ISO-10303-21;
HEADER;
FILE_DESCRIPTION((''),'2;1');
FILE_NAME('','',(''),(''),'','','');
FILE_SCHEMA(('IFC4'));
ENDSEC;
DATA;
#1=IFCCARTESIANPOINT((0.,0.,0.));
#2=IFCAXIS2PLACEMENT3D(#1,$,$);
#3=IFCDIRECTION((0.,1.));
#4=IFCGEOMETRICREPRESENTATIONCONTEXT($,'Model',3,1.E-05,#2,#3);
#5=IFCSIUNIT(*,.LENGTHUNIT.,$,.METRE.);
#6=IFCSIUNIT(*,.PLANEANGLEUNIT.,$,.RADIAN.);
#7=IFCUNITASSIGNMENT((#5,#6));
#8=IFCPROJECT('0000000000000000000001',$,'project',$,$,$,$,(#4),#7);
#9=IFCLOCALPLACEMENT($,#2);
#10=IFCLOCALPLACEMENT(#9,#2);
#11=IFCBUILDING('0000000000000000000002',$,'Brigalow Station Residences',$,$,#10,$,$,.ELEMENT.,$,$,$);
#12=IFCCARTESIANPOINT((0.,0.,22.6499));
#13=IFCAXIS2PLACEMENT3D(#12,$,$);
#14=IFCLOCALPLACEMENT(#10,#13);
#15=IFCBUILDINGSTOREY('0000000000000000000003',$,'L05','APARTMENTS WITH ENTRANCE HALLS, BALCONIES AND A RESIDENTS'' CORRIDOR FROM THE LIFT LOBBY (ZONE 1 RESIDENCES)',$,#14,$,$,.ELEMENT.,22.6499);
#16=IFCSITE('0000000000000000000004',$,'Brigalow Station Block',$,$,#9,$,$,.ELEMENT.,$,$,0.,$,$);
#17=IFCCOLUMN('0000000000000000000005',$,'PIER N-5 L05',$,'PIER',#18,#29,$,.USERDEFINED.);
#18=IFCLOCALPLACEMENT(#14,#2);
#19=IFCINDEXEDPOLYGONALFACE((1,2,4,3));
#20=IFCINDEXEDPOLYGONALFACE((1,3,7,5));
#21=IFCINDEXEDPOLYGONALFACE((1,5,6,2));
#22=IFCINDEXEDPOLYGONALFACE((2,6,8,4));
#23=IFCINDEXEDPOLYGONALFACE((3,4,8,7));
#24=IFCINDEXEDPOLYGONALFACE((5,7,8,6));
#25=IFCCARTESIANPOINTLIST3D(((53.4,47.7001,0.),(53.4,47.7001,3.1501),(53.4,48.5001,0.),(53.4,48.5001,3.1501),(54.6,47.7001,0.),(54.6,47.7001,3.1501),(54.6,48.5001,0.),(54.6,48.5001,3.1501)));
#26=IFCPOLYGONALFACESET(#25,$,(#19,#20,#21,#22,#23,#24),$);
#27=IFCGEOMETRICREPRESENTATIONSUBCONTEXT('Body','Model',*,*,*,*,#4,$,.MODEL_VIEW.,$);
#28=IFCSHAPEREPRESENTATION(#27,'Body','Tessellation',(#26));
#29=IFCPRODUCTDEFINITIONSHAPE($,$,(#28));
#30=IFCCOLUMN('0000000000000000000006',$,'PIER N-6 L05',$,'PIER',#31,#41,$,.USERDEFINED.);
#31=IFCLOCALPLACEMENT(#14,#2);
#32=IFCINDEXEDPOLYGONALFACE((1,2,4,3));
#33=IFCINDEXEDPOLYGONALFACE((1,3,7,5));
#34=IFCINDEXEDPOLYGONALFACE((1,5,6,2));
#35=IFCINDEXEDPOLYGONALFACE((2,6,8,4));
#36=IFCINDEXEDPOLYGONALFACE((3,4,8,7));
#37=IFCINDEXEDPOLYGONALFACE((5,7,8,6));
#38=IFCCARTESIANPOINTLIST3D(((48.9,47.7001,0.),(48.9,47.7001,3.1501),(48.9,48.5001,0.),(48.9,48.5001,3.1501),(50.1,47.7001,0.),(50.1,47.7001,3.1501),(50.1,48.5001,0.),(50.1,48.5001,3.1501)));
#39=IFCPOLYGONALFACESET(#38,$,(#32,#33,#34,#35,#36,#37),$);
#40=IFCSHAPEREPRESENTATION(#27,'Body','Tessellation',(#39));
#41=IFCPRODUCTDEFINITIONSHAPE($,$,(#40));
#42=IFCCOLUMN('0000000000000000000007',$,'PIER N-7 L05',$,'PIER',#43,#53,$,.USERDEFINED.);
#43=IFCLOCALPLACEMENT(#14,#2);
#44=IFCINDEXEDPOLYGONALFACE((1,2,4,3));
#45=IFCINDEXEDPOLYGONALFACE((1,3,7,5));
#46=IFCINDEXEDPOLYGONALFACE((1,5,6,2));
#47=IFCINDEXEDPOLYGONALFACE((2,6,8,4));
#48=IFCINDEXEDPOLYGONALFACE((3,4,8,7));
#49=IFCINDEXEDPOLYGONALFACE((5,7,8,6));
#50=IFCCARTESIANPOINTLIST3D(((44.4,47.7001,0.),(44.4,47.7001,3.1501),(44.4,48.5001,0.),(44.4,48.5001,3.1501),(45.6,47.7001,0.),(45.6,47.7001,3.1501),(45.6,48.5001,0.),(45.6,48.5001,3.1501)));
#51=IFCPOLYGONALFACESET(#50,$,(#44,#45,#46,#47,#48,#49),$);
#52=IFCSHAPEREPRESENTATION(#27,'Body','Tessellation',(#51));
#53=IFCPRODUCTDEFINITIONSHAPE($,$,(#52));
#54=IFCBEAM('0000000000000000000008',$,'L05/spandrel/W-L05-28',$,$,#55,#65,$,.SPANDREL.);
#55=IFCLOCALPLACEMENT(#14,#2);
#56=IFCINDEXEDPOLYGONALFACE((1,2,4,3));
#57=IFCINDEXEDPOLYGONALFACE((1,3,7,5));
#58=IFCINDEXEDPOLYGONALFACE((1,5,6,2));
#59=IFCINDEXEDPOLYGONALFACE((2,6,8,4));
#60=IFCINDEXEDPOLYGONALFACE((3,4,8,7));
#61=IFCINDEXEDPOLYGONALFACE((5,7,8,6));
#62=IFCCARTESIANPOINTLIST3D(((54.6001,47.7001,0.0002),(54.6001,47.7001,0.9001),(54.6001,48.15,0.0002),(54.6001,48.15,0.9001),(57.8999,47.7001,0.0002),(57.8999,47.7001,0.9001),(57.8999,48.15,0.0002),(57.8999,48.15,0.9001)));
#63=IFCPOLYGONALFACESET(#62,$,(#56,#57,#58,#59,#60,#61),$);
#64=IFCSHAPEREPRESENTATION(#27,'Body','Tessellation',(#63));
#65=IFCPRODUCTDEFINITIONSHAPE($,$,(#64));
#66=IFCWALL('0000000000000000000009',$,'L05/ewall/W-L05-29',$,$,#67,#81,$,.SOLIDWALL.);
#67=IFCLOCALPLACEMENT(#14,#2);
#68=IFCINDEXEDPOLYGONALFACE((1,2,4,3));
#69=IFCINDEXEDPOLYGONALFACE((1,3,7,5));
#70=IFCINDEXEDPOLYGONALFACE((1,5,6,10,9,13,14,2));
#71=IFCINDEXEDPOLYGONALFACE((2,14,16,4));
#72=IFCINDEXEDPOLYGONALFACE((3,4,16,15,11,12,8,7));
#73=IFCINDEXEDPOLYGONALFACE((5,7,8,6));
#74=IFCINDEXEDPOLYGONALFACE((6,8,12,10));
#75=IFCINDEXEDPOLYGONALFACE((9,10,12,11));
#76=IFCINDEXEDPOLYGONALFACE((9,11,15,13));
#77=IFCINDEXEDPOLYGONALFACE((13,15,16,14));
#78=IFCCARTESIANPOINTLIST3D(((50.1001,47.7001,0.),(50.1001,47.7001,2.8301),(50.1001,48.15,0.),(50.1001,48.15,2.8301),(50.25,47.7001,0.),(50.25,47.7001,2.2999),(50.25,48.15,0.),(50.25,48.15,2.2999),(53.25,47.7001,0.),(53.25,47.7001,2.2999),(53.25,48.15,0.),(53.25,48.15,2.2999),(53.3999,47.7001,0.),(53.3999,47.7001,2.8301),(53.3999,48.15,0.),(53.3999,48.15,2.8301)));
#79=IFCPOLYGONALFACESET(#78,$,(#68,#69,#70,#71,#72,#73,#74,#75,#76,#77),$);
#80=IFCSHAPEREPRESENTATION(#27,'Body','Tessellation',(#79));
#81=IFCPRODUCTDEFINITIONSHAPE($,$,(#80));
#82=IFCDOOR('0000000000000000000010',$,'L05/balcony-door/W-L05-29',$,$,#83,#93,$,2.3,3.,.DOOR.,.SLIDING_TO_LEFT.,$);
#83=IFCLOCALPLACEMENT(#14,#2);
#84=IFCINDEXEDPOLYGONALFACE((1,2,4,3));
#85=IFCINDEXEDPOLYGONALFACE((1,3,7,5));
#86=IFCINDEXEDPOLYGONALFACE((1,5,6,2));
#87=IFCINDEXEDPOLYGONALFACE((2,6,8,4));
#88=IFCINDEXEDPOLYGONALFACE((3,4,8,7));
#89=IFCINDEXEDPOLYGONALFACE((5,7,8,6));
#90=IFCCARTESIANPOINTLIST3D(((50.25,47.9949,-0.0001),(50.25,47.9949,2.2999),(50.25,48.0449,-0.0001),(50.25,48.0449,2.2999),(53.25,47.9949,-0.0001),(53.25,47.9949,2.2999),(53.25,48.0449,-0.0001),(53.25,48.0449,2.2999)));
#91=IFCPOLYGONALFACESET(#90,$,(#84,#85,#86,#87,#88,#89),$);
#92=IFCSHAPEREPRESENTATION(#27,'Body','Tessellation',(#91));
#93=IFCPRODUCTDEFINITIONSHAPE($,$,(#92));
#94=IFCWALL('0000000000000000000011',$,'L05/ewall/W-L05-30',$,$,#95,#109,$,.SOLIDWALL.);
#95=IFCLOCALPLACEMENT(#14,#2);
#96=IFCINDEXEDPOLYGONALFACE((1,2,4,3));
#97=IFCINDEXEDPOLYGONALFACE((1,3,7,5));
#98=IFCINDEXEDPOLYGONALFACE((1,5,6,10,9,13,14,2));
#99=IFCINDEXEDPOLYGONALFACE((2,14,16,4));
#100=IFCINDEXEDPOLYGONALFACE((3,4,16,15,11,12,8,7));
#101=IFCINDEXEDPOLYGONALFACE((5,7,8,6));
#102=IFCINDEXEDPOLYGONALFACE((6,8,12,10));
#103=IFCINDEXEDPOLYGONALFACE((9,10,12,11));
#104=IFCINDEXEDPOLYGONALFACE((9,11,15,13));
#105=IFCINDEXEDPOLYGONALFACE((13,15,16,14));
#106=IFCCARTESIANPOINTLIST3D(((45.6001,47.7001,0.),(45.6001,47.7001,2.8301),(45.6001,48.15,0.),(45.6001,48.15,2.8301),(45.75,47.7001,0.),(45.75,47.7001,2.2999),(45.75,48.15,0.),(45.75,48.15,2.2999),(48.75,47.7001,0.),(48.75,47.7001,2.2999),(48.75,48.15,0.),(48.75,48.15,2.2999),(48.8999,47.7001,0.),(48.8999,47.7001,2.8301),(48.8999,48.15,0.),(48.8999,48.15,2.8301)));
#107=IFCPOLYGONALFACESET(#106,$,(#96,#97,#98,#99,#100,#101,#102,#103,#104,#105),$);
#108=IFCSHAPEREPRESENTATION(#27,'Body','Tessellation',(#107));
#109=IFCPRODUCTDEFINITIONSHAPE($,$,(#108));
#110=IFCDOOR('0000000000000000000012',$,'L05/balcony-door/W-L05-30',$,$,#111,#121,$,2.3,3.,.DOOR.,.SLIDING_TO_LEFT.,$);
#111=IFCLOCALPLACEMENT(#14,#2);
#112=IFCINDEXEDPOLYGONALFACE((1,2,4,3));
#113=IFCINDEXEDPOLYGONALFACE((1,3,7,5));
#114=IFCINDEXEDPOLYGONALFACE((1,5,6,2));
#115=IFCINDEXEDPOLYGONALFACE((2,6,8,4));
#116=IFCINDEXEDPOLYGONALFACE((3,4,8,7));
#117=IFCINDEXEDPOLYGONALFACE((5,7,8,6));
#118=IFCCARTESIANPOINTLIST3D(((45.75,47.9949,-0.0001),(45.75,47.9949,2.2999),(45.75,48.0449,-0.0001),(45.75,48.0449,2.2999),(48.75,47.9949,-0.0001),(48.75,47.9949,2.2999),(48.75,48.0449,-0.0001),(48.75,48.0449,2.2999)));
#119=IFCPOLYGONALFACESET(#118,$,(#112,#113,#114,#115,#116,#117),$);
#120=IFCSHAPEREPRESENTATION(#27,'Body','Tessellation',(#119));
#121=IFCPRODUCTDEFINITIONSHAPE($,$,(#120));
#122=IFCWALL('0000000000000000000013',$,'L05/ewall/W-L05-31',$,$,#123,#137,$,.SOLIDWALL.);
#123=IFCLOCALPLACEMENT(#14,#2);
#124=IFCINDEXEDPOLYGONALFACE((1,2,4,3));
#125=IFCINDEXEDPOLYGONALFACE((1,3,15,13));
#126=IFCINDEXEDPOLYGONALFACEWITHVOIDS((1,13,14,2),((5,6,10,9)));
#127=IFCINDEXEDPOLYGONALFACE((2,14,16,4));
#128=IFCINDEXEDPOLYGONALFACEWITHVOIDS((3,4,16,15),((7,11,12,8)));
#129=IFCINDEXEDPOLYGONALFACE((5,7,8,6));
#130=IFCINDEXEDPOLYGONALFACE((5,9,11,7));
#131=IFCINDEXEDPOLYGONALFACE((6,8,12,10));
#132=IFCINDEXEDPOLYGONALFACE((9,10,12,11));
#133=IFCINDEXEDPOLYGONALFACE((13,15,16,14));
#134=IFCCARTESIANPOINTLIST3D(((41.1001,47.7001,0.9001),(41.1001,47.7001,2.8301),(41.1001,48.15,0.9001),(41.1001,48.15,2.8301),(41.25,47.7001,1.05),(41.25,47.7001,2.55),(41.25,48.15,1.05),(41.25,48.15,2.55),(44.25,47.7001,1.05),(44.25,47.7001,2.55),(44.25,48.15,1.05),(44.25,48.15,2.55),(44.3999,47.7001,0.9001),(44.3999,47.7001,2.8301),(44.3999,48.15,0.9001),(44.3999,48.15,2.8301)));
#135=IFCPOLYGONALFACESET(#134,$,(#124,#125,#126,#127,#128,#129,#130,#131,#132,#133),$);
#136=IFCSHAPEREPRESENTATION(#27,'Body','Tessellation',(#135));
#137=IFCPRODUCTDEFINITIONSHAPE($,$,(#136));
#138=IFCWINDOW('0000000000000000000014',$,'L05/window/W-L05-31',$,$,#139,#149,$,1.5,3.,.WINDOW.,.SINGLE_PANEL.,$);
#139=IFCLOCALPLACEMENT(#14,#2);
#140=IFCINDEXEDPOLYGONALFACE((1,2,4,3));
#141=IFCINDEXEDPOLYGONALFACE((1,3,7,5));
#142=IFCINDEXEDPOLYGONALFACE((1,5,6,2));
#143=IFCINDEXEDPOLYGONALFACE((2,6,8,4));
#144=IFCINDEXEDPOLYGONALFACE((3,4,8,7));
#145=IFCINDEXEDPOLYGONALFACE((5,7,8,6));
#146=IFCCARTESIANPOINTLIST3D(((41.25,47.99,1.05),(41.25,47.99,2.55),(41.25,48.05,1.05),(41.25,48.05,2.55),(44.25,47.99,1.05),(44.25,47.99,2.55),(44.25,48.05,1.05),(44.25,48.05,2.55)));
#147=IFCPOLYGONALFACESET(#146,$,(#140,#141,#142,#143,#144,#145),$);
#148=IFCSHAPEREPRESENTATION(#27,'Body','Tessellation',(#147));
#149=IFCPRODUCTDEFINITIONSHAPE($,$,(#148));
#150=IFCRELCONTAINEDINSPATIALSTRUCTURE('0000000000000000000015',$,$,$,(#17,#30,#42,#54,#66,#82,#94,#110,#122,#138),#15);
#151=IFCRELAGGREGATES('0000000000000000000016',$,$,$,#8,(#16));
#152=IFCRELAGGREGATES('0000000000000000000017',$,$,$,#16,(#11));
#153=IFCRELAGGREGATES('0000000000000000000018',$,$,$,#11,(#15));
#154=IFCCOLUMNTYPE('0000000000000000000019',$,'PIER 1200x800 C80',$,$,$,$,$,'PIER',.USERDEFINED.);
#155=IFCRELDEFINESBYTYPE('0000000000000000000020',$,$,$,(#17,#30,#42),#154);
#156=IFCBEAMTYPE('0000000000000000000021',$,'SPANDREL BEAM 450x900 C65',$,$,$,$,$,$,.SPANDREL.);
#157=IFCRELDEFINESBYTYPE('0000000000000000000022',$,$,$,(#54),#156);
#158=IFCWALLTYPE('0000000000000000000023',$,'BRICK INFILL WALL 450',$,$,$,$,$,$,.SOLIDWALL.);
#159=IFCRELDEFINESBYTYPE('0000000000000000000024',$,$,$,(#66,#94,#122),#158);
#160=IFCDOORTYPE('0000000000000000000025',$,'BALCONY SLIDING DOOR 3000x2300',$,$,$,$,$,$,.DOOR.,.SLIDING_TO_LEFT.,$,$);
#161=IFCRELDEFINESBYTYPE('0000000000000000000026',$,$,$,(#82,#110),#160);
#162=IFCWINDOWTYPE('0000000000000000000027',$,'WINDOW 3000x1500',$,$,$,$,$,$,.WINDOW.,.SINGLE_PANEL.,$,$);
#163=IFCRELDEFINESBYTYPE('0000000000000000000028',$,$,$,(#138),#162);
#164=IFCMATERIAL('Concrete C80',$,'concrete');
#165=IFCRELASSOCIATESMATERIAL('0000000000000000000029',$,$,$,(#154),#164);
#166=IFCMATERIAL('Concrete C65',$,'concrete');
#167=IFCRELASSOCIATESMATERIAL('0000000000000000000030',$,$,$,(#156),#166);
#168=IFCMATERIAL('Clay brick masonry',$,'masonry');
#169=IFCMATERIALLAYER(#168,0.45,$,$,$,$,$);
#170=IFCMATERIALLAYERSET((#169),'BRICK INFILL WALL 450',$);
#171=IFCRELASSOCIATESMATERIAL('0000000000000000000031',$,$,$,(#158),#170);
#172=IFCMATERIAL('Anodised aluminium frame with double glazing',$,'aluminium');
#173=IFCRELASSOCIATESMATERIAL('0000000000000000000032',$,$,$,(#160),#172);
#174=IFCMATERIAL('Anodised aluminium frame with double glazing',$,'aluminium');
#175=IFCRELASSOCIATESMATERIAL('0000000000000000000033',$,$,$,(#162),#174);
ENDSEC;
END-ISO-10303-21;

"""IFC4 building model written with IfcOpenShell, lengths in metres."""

from ifc_helpers import new_model, si_unit, direction, frame, frame_2d, origin, origin_2d, place, context, subcontext, project, spatial, rectangle, extrude, material, layer, layer_set, material_profile, profile_set, type_object, element, fill, save


model = new_model("IFC4")

# Units and contexts
model_context = context("Model", 3, precision=1e-05, world=origin(), true_north=direction((0.0, 1.0)))
body_context = subcontext(model_context, "Body", "Model", "MODEL_VIEW")
ifc_project = project(units=[si_unit("LENGTHUNIT", "METRE"), si_unit("PLANEANGLEUNIT", "RADIAN")], contexts=[model_context])

# Site, building, storey
site_placement = place(None, origin())
site = spatial("IfcSite", under=ifc_project, at=site_placement, Name="Brigalow Station Block", CompositionType="ELEMENT", RefElevation=0.0)
building_placement = place(site_placement, origin())
building = spatial("IfcBuilding", under=site, at=building_placement, Name="Brigalow Station Residences", CompositionType="ELEMENT")
storey_placement = place(building_placement, frame((0.0, 0.0, 22.6499)))
storey = spatial("IfcBuildingStorey", under=building, at=storey_placement, Name="L05", Description="APARTMENTS WITH ENTRANCE HALLS, BALCONIES AND A RESIDENTS' CORRIDOR FROM THE LIFT LOBBY (ZONE 1 RESIDENCES)", CompositionType="ELEMENT", Elevation=22.6499)

# Columns
ifc_material_1 = material(Name="Concrete C80", Category="concrete")
ifc_material_profile_1 = material_profile(ifc_material_1, rectangle(XDim=1.2, YDim=0.8, at=origin_2d()), Name="RC1200x800")
ifc_profile_set_1 = profile_set([ifc_material_profile_1], Name="Concrete C80")
column_type = type_object("IfcColumnType", Name="PIER 1200x800 C80", ElementType="PIER", PredefinedType="USERDEFINED", material=ifc_profile_set_1)
for number, where, z_axis, x_axis, name in (
    (1, (54.0, 48.1001, 0.0), (0.0, 0.0, 1.0), (-1.0, 0.0, 0.0), "PIER N-5 L05"),
    (2, (49.5, 48.1001, 0.0), (0.0, 0.0, 1.0), (-1.0, 0.0, 0.0), "PIER N-6 L05"),
    (3, (45.0, 48.1001, 0.0), (0.0, 0.0, 1.0), (-1.0, 0.0, 0.0), "PIER N-7 L05"),
):
    element("IfcColumn", number, at=place(storey_placement, frame(where, z_axis=z_axis, x_axis=x_axis)), inside=storey, type_object=column_type, Name=name, ObjectType="PIER", PredefinedType="USERDEFINED", context=body_context, shape_type="SweptSolid", body=[
        extrude(rectangle(XDim=1.2, YDim=0.8, at=origin_2d()), origin(), (0.0, 0.0, 1.0), 3.1501),
    ])

# Beam
ifc_material_2 = material(Name="Concrete C65", Category="concrete")
ifc_material_profile_2 = material_profile(ifc_material_2, rectangle(XDim=0.45, YDim=0.8999, at=origin_2d()), Name="RC450x900")
ifc_profile_set_2 = profile_set([ifc_material_profile_2], Name="Concrete C65")
beam_type = type_object("IfcBeamType", Name="SPANDREL BEAM 450x900 C65", PredefinedType="SPANDREL", material=ifc_profile_set_2)
beam_placement = place(storey_placement, frame((57.8999, 47.925, 0.4502), z_axis=(-1.0, 0.0, 0.0), x_axis=(0.0, -1.0, 0.0)))
element("IfcBeam", 4, at=beam_placement, inside=storey, type_object=beam_type, Name="L05/spandrel/W-L05-28", PredefinedType="SPANDREL", context=body_context, shape_type="SweptSolid", body=[
    extrude(rectangle(XDim=0.45, YDim=0.8999, at=origin_2d()), origin(), (0.0, 0.0, 1.0), 3.2998),
])

# Walls, openings, doors
ifc_material_3 = material(Name="Clay brick masonry", Category="masonry")
ifc_layer_1 = layer(ifc_material_3, 0.45)
ifc_layer_set_1 = layer_set([ifc_layer_1], Name="BRICK INFILL WALL 450")
wall_type_1 = type_object("IfcWallType", Name="BRICK INFILL WALL 450", PredefinedType="SOLIDWALL", material=ifc_layer_set_1)
wall_1_placement = place(storey_placement, frame((53.3999, 47.925, 0.0), z_axis=(0.0, 0.0, 1.0), x_axis=(-1.0, 0.0, 0.0)))
wall_1 = element("IfcWall", 5, at=wall_1_placement, inside=storey, type_object=wall_type_1, Name="L05/ewall/W-L05-29", PredefinedType="SOLIDWALL", context=body_context, shape_type="SweptSolid", body=[
    extrude(rectangle(XDim=3.2998, YDim=0.45, at=frame_2d((1.6499, 0.0))), origin(), (0.0, 0.0, 1.0), 2.8301),
])
opening_1_placement = place(wall_1_placement, frame((0.1499, 0.0, 0.0)))
opening_1 = element("IfcOpeningElement", 6, at=opening_1_placement, cuts=wall_1, PredefinedType="OPENING", context=body_context, shape_type="SweptSolid", body=[
    extrude(rectangle(XDim=3.0, YDim=2.3, at=frame_2d((1.5, 1.1499))), frame((0.0, 0.2349, 0.0), z_axis=(0.0, -1.0, 0.0), x_axis=(1.0, 0.0, 0.0)), (0.0, 0.0, 1.0), 0.47),
])
ifc_material_4 = material(Name="Anodised aluminium frame with double glazing", Category="aluminium")
door_type_1 = type_object("IfcDoorType", Name="BALCONY SLIDING DOOR 3000x2300", OperationType="SLIDING_TO_LEFT", PredefinedType="DOOR", material=ifc_material_4)
door_1_placement = place(opening_1_placement, origin())
door_1 = element("IfcDoor", 7, at=door_1_placement, inside=storey, type_object=door_type_1, Name="L05/balcony-door/W-L05-29", OperationType="SLIDING_TO_LEFT", OverallHeight=2.3, OverallWidth=3.0, PredefinedType="DOOR", context=body_context, shape_type="SweptSolid", body=[
    extrude(rectangle(XDim=3.0, YDim=2.3, at=frame_2d((1.5, 1.1499))), frame((0.0, -0.0698, 0.0), z_axis=(0.0, -1.0, 0.0), x_axis=(1.0, 0.0, 0.0)), (0.0, 0.0, 1.0), 0.05),
])
fill(opening_1, door_1)
wall_2_placement = place(storey_placement, frame((48.8999, 47.925, 0.0), z_axis=(0.0, 0.0, 1.0), x_axis=(-1.0, 0.0, 0.0)))
wall_2 = element("IfcWall", 8, at=wall_2_placement, inside=storey, type_object=wall_type_1, Name="L05/ewall/W-L05-30", PredefinedType="SOLIDWALL", context=body_context, shape_type="SweptSolid", body=[
    extrude(rectangle(XDim=3.2998, YDim=0.45, at=frame_2d((1.6499, 0.0))), origin(), (0.0, 0.0, 1.0), 2.8301),
])
opening_2_placement = place(wall_2_placement, frame((0.1499, 0.0, 0.0)))
opening_2 = element("IfcOpeningElement", 9, at=opening_2_placement, cuts=wall_2, PredefinedType="OPENING", context=body_context, shape_type="SweptSolid", body=[
    extrude(rectangle(XDim=3.0, YDim=2.3, at=frame_2d((1.5, 1.1499))), frame((0.0, 0.2349, 0.0), z_axis=(0.0, -1.0, 0.0), x_axis=(1.0, 0.0, 0.0)), (0.0, 0.0, 1.0), 0.47),
])
door_2_placement = place(opening_2_placement, origin())
door_2 = element("IfcDoor", 10, at=door_2_placement, inside=storey, type_object=door_type_1, Name="L05/balcony-door/W-L05-30", OperationType="SLIDING_TO_LEFT", OverallHeight=2.3, OverallWidth=3.0, PredefinedType="DOOR", context=body_context, shape_type="SweptSolid", body=[
    extrude(rectangle(XDim=3.0, YDim=2.3, at=frame_2d((1.5, 1.1499))), frame((0.0, -0.0698, 0.0), z_axis=(0.0, -1.0, 0.0), x_axis=(1.0, 0.0, 0.0)), (0.0, 0.0, 1.0), 0.05),
])
fill(opening_2, door_2)

# Wall, opening, window
wall_3_placement = place(storey_placement, frame((44.3999, 47.925, 0.9001), z_axis=(0.0, 0.0, 1.0), x_axis=(-1.0, 0.0, 0.0)))
wall_3 = element("IfcWall", 11, at=wall_3_placement, inside=storey, type_object=wall_type_1, Name="L05/ewall/W-L05-31", PredefinedType="SOLIDWALL", context=body_context, shape_type="SweptSolid", body=[
    extrude(rectangle(XDim=3.2998, YDim=0.45, at=frame_2d((1.6499, 0.0))), origin(), (0.0, 0.0, 1.0), 1.9299),
])
opening_3_placement = place(wall_3_placement, frame((0.1499, 0.0, 0.1499)))
opening_3 = element("IfcOpeningElement", 12, at=opening_3_placement, cuts=wall_3, PredefinedType="OPENING", context=body_context, shape_type="SweptSolid", body=[
    extrude(rectangle(XDim=3.0, YDim=1.5, at=frame_2d((1.5, 0.75))), frame((0.0, 0.2349, 0.0), z_axis=(0.0, -1.0, 0.0), x_axis=(1.0, 0.0, 0.0)), (0.0, 0.0, 1.0), 0.47),
])
ifc_material_5 = material(Name="Anodised aluminium frame with double glazing", Category="aluminium")
window_type = type_object("IfcWindowType", Name="WINDOW 3000x1500", PartitioningType="SINGLE_PANEL", PredefinedType="WINDOW", material=ifc_material_5)
window_placement = place(opening_3_placement, origin())
window = element("IfcWindow", 13, at=window_placement, inside=storey, type_object=window_type, Name="L05/window/W-L05-31", OverallHeight=1.5, OverallWidth=3.0, PartitioningType="SINGLE_PANEL", PredefinedType="WINDOW", context=body_context, shape_type="SweptSolid", body=[
    extrude(rectangle(XDim=3.0, YDim=1.5, at=frame_2d((1.5, 0.75))), frame((0.0, -0.0649, 0.0), z_axis=(0.0, -1.0, 0.0), x_axis=(1.0, 0.0, 0.0)), (0.0, 0.0, 1.0), 0.0601),
])
fill(opening_3, window)

save(model, "model.ifc")
